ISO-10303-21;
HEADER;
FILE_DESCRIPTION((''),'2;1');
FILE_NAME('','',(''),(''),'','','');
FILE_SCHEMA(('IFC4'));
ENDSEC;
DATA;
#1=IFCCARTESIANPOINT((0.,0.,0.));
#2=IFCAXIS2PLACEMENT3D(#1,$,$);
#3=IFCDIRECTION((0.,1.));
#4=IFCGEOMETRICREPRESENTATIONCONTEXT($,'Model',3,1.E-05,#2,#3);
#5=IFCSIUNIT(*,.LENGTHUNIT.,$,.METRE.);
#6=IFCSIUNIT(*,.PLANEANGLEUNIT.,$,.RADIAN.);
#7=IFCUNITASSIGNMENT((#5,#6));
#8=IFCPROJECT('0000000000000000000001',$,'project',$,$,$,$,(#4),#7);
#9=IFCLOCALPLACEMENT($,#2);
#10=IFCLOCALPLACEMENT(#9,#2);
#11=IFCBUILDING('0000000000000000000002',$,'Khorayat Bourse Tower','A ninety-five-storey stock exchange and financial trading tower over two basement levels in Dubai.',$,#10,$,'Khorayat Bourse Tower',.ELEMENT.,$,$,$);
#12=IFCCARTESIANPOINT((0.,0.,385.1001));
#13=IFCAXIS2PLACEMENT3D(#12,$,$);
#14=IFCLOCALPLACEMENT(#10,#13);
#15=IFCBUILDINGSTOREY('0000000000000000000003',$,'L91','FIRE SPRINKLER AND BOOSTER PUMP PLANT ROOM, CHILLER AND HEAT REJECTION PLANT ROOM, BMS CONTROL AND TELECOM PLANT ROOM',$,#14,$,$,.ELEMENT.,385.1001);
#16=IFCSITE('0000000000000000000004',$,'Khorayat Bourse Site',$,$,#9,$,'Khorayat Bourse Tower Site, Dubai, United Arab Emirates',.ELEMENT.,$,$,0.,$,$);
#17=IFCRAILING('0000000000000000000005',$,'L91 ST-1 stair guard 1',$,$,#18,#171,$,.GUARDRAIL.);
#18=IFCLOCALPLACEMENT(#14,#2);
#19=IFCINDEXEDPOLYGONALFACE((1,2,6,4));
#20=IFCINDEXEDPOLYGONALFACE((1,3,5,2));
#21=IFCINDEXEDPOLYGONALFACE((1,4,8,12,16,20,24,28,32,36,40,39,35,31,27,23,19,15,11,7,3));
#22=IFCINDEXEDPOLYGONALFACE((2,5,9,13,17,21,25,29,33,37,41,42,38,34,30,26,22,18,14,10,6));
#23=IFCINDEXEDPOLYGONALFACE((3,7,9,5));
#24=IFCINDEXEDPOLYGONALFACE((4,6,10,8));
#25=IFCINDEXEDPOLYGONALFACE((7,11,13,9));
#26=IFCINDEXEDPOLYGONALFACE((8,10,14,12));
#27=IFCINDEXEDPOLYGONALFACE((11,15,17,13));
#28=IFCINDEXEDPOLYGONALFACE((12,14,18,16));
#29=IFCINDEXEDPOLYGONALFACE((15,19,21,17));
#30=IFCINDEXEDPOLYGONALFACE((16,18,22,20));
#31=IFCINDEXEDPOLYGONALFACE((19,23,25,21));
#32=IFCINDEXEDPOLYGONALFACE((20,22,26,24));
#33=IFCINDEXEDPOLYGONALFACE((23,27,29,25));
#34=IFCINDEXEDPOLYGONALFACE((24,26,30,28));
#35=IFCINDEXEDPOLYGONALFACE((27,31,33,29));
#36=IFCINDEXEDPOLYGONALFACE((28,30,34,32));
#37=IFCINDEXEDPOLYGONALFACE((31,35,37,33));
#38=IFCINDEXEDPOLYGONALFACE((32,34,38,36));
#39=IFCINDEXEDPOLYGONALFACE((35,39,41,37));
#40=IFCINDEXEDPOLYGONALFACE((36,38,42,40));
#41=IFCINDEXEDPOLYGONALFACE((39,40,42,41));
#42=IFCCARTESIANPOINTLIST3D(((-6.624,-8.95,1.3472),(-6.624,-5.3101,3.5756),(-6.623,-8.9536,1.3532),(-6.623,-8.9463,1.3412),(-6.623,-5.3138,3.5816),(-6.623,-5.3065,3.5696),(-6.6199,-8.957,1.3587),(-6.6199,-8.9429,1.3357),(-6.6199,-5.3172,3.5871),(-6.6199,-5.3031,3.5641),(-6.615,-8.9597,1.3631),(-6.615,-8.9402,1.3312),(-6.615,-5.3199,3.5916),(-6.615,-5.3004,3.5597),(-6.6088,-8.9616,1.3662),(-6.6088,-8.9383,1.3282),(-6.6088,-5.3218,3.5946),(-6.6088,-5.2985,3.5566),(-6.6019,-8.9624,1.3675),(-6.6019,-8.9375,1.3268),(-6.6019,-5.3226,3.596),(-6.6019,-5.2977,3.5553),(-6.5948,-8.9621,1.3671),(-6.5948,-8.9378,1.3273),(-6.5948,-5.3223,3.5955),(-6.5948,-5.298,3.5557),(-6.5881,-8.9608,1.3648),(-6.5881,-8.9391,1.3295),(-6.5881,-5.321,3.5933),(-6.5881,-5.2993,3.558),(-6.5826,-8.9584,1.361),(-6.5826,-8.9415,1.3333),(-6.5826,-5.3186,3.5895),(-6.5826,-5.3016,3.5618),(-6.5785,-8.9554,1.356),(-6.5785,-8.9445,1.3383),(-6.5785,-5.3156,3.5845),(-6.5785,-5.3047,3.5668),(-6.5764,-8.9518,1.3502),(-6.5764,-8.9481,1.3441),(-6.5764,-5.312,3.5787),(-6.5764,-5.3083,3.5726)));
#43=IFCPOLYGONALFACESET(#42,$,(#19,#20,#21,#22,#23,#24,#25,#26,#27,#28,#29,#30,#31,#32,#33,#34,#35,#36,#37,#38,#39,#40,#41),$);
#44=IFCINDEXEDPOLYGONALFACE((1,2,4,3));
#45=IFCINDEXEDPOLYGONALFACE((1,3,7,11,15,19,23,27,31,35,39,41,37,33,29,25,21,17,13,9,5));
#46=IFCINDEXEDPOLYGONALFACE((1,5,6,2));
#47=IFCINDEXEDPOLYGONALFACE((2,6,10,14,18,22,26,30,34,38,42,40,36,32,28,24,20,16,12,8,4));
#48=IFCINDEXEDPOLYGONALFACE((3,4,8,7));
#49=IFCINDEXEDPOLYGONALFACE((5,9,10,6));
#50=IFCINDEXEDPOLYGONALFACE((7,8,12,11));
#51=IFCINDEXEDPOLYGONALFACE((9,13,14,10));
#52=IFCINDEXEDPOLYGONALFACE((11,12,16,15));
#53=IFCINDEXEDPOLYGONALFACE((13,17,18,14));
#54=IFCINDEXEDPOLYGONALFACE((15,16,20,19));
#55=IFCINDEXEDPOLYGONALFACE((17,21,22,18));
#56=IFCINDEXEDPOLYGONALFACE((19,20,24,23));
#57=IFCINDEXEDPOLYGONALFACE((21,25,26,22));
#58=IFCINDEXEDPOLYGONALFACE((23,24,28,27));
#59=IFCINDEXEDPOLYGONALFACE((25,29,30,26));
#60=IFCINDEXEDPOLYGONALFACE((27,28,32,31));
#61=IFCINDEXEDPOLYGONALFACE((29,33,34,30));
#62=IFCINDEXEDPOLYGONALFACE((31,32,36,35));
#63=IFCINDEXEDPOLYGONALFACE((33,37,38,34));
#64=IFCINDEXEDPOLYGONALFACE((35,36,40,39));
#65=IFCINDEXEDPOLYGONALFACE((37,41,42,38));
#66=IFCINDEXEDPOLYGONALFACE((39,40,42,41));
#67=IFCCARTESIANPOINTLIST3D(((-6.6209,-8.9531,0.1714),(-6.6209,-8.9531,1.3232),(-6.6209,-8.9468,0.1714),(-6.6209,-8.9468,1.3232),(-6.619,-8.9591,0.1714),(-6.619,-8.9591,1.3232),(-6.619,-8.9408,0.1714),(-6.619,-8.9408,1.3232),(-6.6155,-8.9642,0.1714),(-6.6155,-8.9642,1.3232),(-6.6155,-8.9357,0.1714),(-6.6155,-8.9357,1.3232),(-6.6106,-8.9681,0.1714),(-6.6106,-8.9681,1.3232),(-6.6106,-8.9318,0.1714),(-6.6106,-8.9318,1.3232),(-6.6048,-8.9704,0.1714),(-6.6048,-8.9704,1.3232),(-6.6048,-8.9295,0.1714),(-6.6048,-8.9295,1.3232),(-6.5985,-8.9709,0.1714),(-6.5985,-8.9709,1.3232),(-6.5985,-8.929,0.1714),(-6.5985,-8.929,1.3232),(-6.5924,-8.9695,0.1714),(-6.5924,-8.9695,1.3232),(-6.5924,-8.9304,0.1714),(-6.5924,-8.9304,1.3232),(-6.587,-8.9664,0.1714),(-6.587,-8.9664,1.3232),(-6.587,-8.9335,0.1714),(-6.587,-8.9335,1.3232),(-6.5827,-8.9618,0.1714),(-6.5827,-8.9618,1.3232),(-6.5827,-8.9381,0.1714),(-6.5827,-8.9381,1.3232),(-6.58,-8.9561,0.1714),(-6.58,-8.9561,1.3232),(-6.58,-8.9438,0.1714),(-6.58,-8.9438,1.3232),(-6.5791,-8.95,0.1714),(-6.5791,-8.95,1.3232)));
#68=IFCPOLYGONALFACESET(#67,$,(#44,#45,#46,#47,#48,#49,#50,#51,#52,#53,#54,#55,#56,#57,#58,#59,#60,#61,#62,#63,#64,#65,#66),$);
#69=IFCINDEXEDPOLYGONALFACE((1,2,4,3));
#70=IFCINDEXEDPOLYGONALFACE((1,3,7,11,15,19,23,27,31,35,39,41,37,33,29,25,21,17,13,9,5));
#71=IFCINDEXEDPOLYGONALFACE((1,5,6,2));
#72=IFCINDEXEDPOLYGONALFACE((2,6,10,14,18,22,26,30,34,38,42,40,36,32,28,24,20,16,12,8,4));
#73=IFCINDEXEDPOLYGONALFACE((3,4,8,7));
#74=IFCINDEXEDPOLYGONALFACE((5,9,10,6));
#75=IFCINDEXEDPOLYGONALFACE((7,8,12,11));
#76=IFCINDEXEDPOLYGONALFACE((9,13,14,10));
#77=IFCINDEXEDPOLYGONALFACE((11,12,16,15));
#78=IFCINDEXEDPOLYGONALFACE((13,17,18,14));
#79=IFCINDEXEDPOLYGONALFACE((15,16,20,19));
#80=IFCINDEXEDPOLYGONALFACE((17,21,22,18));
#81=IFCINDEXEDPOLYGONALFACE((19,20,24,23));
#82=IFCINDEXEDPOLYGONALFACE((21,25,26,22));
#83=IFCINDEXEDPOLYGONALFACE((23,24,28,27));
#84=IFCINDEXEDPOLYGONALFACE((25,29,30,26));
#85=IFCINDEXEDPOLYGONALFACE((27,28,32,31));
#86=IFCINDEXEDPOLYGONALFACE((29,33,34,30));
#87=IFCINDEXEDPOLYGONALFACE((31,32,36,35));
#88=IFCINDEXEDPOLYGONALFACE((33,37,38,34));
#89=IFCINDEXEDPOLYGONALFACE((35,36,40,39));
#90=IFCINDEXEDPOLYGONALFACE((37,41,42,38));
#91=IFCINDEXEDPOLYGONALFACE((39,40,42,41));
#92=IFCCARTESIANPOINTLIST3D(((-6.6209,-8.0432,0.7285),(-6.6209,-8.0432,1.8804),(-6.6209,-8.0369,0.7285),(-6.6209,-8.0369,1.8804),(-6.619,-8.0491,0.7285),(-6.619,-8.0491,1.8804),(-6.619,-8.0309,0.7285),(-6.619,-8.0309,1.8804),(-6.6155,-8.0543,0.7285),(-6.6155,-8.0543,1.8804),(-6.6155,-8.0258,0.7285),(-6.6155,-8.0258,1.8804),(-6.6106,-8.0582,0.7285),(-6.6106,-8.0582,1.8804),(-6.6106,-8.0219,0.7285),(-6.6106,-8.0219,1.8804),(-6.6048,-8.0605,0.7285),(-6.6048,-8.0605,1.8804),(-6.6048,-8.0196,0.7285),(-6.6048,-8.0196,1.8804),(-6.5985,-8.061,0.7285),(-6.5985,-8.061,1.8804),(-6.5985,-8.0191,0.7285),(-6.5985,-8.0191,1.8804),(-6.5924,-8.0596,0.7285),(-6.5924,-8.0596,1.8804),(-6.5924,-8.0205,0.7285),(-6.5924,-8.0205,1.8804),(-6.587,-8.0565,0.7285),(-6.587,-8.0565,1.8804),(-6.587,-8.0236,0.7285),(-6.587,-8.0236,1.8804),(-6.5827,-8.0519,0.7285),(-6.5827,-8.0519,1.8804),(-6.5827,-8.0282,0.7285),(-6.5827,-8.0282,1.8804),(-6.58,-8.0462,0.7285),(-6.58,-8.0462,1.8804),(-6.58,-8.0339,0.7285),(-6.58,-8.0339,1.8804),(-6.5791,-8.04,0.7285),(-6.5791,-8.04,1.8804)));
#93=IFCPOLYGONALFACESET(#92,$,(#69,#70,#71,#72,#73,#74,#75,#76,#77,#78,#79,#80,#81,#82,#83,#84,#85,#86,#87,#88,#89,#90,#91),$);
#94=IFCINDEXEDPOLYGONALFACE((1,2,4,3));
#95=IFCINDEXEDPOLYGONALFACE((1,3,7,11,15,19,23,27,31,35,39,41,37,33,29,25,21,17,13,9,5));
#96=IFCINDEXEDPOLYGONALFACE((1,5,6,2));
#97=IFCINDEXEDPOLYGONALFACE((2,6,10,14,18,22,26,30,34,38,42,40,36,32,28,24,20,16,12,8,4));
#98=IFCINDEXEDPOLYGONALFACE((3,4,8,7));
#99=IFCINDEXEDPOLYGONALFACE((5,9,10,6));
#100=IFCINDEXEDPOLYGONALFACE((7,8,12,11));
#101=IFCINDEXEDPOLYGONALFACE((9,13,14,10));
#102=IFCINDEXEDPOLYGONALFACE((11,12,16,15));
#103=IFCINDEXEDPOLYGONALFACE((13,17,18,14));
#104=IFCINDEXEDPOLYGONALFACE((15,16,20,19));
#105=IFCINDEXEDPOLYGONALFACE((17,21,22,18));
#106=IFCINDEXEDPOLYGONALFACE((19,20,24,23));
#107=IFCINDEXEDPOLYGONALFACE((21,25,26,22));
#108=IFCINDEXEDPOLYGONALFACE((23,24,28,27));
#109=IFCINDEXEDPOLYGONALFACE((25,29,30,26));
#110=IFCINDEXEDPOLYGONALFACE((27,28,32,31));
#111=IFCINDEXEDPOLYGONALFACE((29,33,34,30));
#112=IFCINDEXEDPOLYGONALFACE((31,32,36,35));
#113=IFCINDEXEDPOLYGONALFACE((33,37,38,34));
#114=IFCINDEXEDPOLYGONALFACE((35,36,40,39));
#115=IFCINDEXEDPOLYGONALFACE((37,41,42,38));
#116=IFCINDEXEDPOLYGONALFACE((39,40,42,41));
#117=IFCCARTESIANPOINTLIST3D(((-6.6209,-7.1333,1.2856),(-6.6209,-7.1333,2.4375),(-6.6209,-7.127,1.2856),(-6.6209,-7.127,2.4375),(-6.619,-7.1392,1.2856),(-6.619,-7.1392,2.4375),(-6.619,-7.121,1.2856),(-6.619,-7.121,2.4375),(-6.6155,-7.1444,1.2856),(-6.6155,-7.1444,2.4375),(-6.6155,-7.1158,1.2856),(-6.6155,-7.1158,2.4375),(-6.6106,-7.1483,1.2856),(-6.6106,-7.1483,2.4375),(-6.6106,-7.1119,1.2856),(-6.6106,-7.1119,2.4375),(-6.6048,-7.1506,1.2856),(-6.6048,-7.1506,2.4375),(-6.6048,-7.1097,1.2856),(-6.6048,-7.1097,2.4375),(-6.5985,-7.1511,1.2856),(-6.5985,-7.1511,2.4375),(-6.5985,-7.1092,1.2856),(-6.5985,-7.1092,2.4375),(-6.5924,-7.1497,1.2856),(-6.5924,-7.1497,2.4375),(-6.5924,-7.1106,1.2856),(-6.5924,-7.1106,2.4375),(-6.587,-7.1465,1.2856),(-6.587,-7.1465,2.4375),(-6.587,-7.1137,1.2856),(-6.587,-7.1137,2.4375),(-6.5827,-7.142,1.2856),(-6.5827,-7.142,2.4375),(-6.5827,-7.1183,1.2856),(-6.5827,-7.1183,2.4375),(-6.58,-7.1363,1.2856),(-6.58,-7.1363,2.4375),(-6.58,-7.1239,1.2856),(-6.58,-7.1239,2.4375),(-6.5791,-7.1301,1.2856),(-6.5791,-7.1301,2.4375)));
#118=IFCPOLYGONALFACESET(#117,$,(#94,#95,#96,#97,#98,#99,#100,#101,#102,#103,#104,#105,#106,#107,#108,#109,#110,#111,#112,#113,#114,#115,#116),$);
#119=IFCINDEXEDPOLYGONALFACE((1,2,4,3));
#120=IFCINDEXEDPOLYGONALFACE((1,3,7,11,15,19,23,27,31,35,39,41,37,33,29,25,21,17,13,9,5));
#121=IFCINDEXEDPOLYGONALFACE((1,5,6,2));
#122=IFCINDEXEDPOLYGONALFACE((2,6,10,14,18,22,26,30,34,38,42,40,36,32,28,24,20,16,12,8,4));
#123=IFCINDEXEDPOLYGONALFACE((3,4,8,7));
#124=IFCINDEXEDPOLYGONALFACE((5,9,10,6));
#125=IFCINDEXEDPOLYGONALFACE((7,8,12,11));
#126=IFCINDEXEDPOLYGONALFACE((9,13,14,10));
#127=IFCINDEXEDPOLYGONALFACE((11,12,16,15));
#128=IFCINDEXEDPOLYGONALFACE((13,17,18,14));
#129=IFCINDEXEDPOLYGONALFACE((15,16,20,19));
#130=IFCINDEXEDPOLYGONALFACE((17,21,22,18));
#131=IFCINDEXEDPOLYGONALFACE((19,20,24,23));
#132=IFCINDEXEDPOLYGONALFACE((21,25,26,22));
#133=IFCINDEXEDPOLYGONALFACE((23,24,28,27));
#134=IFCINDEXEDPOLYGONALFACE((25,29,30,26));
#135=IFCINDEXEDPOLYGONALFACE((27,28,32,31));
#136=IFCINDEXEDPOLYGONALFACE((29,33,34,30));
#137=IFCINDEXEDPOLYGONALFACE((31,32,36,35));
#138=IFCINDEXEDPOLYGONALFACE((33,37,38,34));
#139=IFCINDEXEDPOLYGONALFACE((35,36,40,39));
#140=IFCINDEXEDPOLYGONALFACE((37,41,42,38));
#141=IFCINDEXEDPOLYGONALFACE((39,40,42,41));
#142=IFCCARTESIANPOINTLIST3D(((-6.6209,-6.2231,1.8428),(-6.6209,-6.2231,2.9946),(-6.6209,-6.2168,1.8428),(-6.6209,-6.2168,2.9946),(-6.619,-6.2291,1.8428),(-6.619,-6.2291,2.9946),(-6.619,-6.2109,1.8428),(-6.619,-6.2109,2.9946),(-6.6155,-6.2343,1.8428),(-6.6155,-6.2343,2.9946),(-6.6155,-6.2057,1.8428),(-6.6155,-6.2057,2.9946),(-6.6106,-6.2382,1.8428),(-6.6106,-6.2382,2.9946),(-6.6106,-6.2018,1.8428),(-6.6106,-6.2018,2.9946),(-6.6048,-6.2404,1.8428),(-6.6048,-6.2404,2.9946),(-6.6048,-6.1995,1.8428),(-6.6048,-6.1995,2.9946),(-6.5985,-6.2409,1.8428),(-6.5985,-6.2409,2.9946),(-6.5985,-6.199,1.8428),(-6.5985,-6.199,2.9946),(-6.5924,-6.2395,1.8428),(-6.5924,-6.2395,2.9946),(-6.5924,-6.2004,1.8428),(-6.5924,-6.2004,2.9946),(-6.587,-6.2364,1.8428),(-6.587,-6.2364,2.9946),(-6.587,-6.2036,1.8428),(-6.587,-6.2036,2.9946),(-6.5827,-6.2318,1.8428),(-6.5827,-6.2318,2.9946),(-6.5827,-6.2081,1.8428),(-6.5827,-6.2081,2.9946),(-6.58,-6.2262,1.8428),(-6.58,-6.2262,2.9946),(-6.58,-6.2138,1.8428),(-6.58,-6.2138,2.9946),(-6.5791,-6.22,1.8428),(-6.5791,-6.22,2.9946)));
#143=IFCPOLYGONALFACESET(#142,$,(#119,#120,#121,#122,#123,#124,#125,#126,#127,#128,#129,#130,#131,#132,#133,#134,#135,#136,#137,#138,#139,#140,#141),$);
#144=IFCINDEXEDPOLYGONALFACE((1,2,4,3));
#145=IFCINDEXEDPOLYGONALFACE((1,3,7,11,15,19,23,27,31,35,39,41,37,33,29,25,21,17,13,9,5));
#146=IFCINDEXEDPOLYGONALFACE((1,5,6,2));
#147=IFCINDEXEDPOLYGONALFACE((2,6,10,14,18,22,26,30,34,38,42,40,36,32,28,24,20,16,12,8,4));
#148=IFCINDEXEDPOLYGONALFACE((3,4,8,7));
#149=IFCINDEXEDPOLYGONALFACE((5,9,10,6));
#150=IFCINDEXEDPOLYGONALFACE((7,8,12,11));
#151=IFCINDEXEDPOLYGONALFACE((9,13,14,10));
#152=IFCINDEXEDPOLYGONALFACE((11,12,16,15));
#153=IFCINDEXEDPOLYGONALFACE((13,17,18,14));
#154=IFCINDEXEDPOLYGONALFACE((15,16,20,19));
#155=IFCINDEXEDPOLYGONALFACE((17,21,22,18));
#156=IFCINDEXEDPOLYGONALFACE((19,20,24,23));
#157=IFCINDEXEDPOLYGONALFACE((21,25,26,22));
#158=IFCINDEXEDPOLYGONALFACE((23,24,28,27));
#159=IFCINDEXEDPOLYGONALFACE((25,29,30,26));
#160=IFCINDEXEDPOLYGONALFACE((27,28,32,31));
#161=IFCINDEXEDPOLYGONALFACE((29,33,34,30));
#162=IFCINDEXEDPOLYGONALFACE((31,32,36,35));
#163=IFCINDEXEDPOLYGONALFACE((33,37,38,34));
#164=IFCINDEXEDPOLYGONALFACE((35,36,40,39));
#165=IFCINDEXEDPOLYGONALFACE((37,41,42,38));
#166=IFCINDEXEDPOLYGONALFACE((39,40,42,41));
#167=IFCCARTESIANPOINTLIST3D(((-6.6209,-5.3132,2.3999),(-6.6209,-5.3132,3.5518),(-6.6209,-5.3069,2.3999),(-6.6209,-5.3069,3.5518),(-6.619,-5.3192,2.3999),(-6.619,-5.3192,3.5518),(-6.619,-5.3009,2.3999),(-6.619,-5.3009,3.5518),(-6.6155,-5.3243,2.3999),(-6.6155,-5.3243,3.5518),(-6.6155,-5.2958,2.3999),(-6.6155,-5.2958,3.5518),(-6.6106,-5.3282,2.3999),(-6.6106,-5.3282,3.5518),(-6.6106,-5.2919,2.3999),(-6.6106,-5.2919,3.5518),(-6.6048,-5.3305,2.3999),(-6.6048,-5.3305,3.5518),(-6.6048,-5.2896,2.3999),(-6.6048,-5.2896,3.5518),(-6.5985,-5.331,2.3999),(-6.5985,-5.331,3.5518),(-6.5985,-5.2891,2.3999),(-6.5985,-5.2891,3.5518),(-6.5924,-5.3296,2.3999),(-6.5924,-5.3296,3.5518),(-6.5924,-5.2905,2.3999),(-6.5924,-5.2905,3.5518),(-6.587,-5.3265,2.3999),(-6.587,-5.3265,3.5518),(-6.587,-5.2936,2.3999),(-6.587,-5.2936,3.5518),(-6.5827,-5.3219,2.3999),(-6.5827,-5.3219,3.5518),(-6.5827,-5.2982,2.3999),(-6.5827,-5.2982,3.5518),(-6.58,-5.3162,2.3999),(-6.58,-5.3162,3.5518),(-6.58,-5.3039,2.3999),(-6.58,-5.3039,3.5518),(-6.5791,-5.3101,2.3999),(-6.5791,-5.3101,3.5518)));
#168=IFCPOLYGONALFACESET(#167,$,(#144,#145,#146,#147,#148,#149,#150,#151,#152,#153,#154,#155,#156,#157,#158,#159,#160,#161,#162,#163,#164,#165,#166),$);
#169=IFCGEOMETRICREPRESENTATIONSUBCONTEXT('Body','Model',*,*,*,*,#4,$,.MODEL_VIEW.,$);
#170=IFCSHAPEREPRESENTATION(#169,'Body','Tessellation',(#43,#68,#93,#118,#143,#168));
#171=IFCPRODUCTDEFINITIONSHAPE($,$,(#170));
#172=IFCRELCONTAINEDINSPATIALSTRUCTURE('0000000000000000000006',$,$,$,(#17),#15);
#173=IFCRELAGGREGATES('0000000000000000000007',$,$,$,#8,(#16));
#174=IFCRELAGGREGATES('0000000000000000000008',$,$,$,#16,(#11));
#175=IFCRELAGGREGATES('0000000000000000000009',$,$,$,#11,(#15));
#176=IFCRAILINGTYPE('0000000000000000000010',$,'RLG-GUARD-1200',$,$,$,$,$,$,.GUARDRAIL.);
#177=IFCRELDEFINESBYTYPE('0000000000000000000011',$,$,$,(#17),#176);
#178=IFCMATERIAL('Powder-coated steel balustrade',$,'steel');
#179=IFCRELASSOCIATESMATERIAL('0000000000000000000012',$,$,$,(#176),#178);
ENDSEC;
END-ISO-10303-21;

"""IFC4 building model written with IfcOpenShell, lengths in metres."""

from ifc_helpers import new_model, si_unit, direction, frame, origin, origin_2d, place, context, subcontext, project, spatial, circle, extrude, source, transform, mapped, material, type_object, element, save


model = new_model("IFC4")

# Units and contexts
model_context = context("Model", 3, precision=1e-05, world=origin(), true_north=direction((0.0, 1.0)))
body_context = subcontext(model_context, "Body", "Model", "MODEL_VIEW")
ifc_project = project(units=[si_unit("LENGTHUNIT", "METRE"), si_unit("PLANEANGLEUNIT", "RADIAN")], contexts=[model_context])

# Site, building, storey
site_placement = place(None, origin())
site = spatial("IfcSite", under=ifc_project, at=site_placement, Name="Khorayat Bourse Site", LongName="Khorayat Bourse Tower Site, Dubai, United Arab Emirates", CompositionType="ELEMENT", RefElevation=0.0)
building_placement = place(site_placement, origin())
building = spatial("IfcBuilding", under=site, at=building_placement, Name="Khorayat Bourse Tower", Description="A ninety-five-storey stock exchange and financial trading tower over two basement levels in Dubai.", LongName="Khorayat Bourse Tower", CompositionType="ELEMENT")
storey_placement = place(building_placement, frame((0.0, 0.0, 385.1001)))
storey = spatial("IfcBuildingStorey", under=building, at=storey_placement, Name="L91", Description="FIRE SPRINKLER AND BOOSTER PUMP PLANT ROOM, CHILLER AND HEAT REJECTION PLANT ROOM, BMS CONTROL AND TELECOM PLANT ROOM", CompositionType="ELEMENT", Elevation=385.1001)

# Railing
ifc_material_1 = material(Name="Powder-coated steel balustrade", Category="steel")
railing_type_1 = type_object("IfcRailingType", Name="RLG-GUARD-1200", PredefinedType="GUARDRAIL", material=ifc_material_1)
shared_shape_1 = source(origin(), body_context, "Body", "SweptSolid", [
    extrude(circle(Radius=0.0239, at=origin_2d()), frame((0.0, 0.0, 1.1758), z_axis=(0.0, 0.85285, 0.522156), x_axis=(-1.0, 0.0, 0.0)), (0.0, 0.0, 1.0), 4.2678),
    extrude(circle(Radius=0.021, at=origin_2d()), origin(), (0.0, 0.0, 1.0), 1.1519),
    extrude(circle(Radius=0.021, at=origin_2d()), frame((0.0, 0.9099, 0.5571)), (0.0, 0.0, 1.0), 1.1519),
    extrude(circle(Radius=0.021, at=origin_2d()), frame((0.0, 1.8198, 1.1143)), (0.0, 0.0, 1.0), 1.1519),
    extrude(circle(Radius=0.021, at=origin_2d()), frame((0.0, 2.73, 1.6714)), (0.0, 0.0, 1.0), 1.1519),
    extrude(circle(Radius=0.021, at=origin_2d()), frame((0.0, 3.6399, 2.2285)), (0.0, 0.0, 1.0), 1.1519),
])
railing_1_placement = place(storey_placement, frame((-6.6001, -8.95, 0.1714)))
element("IfcRailing", 1, at=railing_1_placement, inside=storey, type_object=railing_type_1, Name="L91 ST-1 stair guard 1", PredefinedType="GUARDRAIL", context=body_context, shape_type="MappedRepresentation", body=[
    mapped(shared_shape_1, transform((0.0, 0.0, 0.0), scale=1.0)),
])

save(model, "model.ifc")
